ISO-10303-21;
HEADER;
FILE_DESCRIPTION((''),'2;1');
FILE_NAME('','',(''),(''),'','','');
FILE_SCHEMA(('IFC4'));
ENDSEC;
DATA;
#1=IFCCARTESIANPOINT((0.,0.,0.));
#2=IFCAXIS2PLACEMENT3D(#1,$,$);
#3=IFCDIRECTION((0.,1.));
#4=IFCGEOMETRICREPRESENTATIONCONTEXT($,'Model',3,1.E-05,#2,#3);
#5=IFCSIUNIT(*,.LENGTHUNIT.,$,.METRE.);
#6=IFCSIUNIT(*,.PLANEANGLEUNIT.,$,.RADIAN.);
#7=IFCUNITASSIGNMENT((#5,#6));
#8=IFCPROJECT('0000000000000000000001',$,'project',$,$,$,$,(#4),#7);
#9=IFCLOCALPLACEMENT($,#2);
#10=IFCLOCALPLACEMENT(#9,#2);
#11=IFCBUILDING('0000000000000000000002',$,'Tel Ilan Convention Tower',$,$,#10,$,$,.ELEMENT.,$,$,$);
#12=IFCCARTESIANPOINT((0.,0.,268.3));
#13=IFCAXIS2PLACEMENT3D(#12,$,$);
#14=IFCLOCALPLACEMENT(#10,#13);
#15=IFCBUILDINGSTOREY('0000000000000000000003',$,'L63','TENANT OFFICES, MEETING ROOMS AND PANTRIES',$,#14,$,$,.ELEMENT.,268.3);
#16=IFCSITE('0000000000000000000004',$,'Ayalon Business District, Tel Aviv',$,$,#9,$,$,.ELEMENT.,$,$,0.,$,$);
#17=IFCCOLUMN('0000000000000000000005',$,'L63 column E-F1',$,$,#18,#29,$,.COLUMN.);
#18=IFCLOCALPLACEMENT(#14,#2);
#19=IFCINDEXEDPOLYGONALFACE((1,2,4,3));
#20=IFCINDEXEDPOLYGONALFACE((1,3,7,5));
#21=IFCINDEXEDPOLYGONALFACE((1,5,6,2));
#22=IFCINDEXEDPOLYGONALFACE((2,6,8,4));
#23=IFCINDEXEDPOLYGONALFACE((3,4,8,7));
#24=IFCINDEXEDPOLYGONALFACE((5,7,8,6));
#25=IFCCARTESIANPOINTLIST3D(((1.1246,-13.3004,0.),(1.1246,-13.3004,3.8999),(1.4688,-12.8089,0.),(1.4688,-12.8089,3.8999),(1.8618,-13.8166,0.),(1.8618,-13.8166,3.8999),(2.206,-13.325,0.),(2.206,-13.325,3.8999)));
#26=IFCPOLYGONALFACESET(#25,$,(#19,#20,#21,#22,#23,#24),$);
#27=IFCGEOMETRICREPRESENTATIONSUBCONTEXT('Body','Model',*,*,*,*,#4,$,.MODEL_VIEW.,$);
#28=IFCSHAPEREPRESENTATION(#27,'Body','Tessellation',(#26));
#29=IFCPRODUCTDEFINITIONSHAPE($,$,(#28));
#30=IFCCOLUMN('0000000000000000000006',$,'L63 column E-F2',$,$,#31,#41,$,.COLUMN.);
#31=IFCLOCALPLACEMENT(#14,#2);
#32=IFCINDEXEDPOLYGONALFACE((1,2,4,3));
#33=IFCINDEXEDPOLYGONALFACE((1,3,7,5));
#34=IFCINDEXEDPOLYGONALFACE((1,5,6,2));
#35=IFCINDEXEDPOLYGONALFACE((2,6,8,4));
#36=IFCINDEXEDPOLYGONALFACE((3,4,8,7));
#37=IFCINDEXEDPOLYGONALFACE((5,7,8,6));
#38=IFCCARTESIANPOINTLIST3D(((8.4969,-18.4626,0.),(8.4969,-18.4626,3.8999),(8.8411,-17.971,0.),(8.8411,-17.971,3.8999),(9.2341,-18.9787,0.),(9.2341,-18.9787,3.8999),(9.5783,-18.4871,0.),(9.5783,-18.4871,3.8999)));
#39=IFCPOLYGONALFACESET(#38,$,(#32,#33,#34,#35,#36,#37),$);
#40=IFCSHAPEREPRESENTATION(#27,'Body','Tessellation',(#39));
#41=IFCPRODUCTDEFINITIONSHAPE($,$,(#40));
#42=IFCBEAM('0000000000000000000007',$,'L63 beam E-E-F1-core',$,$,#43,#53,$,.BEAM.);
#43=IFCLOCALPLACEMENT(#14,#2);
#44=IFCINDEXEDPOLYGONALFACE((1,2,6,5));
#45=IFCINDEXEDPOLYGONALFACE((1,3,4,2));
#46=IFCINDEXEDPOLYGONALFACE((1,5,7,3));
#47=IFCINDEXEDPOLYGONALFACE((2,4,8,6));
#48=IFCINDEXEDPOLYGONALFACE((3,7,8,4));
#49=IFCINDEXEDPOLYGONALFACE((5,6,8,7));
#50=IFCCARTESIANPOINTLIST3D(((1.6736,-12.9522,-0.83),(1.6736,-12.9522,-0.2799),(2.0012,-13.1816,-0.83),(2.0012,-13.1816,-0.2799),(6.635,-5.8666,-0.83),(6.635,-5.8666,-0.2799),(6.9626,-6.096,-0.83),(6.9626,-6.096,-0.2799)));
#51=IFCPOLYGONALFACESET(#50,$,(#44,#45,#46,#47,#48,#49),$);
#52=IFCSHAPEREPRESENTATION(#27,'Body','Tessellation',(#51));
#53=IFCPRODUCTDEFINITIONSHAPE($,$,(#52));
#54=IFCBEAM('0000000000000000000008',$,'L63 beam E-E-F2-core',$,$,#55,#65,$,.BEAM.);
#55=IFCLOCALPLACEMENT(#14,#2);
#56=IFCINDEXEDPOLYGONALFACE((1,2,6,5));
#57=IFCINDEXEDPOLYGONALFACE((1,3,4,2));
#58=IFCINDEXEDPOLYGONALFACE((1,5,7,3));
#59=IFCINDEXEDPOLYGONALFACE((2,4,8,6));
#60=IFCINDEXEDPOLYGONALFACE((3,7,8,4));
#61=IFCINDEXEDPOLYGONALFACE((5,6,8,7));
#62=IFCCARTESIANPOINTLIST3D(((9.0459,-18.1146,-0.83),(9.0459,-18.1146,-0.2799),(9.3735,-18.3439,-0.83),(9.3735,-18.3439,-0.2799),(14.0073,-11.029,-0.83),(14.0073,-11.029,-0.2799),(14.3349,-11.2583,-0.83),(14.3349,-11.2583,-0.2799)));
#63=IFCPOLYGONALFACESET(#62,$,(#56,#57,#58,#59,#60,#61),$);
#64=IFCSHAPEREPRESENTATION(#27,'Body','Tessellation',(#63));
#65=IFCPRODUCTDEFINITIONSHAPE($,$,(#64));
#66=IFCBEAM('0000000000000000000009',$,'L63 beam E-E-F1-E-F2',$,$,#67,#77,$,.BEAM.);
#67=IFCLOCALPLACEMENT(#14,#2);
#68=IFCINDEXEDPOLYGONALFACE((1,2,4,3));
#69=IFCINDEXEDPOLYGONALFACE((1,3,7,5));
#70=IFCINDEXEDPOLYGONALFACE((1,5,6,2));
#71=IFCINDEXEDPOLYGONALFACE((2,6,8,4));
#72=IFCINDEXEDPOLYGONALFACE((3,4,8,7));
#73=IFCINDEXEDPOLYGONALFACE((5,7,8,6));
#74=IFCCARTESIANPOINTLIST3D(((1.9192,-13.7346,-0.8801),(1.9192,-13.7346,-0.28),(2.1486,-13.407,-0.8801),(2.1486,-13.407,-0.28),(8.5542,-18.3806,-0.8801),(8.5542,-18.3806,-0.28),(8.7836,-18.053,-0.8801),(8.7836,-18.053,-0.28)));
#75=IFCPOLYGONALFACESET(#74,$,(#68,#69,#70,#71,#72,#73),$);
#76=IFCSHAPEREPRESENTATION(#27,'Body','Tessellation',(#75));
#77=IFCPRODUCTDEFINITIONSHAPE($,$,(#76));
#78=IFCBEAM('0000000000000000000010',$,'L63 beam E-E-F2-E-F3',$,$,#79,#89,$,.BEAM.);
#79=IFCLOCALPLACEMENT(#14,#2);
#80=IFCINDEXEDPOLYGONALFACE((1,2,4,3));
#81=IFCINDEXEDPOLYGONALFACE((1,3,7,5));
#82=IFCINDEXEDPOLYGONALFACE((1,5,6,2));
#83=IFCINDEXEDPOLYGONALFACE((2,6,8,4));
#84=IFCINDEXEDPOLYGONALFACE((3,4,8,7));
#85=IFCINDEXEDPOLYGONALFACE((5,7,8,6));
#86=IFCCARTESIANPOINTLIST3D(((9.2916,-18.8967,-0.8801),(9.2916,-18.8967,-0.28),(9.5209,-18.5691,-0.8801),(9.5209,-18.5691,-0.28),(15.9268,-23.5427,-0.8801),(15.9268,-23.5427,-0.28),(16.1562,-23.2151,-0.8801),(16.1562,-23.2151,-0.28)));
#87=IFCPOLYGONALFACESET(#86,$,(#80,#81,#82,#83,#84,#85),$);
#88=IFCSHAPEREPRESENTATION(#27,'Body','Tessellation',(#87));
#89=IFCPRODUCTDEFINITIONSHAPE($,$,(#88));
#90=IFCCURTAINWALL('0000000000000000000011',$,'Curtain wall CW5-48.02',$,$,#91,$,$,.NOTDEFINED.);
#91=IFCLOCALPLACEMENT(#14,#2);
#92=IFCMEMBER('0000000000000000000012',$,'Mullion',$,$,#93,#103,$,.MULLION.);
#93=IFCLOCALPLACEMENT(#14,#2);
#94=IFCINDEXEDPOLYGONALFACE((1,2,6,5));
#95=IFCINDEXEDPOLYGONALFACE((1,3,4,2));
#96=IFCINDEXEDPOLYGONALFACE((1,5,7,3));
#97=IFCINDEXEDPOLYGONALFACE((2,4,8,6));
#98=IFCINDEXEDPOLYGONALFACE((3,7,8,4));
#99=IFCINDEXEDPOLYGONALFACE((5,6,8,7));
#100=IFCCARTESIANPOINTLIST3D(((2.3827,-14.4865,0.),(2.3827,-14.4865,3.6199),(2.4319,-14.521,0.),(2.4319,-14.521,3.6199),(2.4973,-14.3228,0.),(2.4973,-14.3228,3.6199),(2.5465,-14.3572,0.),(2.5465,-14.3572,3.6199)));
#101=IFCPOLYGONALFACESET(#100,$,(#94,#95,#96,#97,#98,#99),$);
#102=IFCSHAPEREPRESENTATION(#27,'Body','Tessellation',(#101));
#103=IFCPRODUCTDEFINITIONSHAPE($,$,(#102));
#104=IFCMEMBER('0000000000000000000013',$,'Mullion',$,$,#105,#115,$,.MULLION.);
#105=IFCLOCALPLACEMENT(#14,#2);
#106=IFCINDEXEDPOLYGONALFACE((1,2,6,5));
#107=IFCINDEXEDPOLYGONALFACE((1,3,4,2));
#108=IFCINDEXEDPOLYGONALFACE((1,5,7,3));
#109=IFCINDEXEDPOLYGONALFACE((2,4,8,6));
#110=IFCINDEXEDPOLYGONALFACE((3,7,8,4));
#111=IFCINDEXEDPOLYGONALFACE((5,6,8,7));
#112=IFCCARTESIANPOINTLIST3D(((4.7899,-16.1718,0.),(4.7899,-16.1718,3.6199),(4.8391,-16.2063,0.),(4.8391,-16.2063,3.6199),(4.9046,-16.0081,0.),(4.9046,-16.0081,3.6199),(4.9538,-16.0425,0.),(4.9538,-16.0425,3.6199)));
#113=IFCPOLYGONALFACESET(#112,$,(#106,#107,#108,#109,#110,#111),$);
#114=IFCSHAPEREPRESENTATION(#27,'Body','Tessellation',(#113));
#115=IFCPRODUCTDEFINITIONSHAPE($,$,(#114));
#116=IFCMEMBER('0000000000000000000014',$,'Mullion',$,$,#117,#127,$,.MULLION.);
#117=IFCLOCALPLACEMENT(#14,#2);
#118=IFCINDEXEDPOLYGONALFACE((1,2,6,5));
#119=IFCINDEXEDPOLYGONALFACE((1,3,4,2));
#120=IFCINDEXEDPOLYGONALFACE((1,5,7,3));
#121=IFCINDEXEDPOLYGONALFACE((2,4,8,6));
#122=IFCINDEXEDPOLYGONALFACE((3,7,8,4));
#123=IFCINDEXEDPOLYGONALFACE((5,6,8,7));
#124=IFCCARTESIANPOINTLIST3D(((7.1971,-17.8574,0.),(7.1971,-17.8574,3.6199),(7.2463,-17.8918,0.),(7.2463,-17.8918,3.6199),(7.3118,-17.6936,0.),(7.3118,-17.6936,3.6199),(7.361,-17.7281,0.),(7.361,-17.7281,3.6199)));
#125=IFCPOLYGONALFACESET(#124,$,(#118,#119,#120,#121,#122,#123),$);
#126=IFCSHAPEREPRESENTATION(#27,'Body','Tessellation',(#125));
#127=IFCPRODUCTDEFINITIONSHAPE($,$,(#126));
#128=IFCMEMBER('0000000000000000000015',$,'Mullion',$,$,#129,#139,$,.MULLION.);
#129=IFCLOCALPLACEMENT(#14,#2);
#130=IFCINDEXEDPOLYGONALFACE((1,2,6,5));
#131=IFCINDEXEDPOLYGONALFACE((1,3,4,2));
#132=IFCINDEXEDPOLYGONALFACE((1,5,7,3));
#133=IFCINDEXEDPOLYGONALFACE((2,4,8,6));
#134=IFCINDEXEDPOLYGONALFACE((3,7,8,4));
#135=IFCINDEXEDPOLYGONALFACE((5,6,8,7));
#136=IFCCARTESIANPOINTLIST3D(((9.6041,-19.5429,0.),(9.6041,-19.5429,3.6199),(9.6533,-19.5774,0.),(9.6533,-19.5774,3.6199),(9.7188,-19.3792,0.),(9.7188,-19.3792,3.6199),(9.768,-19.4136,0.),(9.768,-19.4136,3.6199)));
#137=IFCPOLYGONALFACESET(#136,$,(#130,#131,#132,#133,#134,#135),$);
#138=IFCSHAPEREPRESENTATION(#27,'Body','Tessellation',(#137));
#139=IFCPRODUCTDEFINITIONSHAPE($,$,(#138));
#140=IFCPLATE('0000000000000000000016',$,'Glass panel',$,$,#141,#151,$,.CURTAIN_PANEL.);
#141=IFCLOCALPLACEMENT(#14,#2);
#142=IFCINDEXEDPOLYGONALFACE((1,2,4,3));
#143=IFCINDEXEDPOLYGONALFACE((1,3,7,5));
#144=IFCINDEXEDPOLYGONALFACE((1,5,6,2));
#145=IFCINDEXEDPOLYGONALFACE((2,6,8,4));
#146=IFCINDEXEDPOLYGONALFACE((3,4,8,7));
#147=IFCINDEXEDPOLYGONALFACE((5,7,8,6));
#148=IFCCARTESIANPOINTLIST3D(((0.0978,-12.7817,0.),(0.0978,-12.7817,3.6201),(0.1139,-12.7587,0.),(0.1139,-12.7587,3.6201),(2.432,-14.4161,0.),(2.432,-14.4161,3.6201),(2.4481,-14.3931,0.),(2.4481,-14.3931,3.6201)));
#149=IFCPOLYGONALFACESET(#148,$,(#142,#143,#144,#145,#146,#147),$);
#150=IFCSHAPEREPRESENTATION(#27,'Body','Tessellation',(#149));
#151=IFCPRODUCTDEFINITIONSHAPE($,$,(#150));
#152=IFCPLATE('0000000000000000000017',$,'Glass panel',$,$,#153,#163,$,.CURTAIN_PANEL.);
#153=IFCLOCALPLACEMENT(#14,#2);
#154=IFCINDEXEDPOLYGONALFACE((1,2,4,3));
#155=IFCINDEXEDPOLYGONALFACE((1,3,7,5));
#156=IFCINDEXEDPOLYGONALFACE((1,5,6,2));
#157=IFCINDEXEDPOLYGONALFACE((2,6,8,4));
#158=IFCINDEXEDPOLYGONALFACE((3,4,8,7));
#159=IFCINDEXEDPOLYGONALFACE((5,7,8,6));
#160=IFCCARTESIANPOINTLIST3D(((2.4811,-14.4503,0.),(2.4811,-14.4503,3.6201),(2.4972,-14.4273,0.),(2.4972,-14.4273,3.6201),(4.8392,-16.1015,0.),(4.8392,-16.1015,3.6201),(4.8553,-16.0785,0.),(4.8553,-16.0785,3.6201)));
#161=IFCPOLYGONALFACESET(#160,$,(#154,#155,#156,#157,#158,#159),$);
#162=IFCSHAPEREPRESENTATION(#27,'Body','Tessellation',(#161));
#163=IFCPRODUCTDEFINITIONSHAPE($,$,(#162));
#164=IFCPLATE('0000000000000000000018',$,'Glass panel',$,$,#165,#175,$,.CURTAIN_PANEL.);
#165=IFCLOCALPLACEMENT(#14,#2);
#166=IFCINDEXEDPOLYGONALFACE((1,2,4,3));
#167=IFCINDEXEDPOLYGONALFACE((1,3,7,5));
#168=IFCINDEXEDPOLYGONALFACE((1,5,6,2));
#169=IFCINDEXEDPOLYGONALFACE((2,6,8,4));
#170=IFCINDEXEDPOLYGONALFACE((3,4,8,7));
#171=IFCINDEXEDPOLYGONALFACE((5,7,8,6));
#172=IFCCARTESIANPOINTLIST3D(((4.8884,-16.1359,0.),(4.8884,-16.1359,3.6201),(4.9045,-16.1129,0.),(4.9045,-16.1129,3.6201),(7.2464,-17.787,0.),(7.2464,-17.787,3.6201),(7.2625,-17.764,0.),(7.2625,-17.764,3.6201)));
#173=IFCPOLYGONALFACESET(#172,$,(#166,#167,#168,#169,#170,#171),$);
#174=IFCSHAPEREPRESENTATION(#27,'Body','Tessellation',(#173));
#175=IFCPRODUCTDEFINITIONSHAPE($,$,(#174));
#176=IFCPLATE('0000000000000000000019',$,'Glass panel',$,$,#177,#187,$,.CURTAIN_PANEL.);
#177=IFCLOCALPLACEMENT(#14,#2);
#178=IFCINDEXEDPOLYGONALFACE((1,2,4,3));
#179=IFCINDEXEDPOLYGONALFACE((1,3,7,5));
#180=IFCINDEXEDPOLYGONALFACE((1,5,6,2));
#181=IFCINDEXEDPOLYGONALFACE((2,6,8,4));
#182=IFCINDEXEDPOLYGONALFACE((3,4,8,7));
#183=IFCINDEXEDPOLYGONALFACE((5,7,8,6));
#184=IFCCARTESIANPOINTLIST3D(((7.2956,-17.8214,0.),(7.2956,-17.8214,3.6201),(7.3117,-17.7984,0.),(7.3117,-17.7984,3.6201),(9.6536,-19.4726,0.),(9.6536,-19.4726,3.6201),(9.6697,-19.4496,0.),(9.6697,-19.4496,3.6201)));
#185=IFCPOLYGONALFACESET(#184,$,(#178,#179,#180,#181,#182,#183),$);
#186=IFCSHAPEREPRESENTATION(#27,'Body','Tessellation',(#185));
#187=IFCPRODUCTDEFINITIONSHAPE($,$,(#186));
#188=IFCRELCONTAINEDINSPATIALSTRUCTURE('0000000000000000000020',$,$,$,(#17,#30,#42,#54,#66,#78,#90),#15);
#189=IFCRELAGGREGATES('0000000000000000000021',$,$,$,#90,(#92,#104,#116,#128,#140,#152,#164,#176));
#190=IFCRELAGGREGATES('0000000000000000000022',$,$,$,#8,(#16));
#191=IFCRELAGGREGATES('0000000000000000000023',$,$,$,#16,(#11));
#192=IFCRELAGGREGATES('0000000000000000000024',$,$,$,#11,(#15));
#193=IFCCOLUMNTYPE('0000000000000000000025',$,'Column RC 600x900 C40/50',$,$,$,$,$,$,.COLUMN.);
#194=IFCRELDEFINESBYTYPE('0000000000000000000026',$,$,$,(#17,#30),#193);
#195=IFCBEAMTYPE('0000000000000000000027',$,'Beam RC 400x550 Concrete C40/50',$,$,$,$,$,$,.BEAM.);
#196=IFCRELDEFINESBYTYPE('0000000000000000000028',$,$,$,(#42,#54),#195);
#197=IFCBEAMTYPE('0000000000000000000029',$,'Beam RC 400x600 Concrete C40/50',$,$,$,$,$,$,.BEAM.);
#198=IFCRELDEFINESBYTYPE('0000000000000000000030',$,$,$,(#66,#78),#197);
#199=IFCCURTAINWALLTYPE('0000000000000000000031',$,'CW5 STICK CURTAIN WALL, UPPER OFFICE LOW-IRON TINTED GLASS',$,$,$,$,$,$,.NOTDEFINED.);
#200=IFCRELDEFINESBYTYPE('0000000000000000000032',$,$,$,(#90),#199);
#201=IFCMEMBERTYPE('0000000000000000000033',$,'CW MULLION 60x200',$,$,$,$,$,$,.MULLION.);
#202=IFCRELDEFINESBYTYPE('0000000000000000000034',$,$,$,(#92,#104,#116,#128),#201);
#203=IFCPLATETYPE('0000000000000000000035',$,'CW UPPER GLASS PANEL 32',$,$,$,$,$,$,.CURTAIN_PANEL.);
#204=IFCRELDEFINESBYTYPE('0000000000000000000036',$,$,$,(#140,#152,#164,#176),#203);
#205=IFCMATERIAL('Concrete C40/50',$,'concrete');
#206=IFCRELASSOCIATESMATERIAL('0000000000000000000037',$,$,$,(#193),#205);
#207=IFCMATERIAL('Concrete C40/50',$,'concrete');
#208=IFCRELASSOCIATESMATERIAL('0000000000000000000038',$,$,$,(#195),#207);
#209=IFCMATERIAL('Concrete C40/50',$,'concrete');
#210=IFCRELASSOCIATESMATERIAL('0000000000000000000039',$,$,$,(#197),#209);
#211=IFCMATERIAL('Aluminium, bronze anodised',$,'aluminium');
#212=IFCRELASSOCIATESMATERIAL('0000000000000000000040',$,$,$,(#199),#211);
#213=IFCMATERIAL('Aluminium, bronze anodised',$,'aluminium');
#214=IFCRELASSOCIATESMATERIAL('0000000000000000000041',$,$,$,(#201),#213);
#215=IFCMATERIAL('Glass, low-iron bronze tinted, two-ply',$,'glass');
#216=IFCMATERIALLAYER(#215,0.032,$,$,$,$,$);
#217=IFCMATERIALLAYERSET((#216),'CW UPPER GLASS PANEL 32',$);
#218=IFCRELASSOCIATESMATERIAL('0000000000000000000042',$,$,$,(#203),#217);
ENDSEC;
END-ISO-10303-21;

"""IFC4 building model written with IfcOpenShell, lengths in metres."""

from ifc_helpers import new_model, si_unit, direction, frame, origin, origin_2d, place, context, subcontext, project, spatial, rectangle, extrude, material, layer, layer_set, material_profile, profile_set, type_object, element, aggregate, save


model = new_model("IFC4")

# Units and contexts
model_context = context("Model", 3, precision=1e-05, world=origin(), true_north=direction((0.0, 1.0)))
body_context = subcontext(model_context, "Body", "Model", "MODEL_VIEW")
ifc_project = project(units=[si_unit("LENGTHUNIT", "METRE"), si_unit("PLANEANGLEUNIT", "RADIAN")], contexts=[model_context])

# Site, building, storey
site_placement = place(None, origin())
site = spatial("IfcSite", under=ifc_project, at=site_placement, Name="Ayalon Business District, Tel Aviv", CompositionType="ELEMENT", RefElevation=0.0)
building_placement = place(site_placement, origin())
building = spatial("IfcBuilding", under=site, at=building_placement, Name="Tel Ilan Convention Tower", CompositionType="ELEMENT")
storey_placement = place(building_placement, frame((0.0, 0.0, 268.3)))
storey = spatial("IfcBuildingStorey", under=building, at=storey_placement, Name="L63", Description="TENANT OFFICES, MEETING ROOMS AND PANTRIES", CompositionType="ELEMENT", Elevation=268.3)

# Columns
ifc_material_1 = material(Name="Concrete C40/50", Category="concrete")
ifc_material_profile_1 = material_profile(ifc_material_1, rectangle(XDim=0.8999, YDim=0.6001, at=origin_2d()), Name="RC 600x900")
ifc_profile_set_1 = profile_set([ifc_material_profile_1], Name="Concrete C40/50")
column_type = type_object("IfcColumnType", Name="Column RC 600x900 C40/50", PredefinedType="COLUMN", material=ifc_profile_set_1)
for number, where, z_axis, x_axis, name in (
    (1, (1.6653, -13.3127, 0.0), (0.0, 0.0, 1.0), (0.819152, -0.573576, 0.0), "L63 column E-F1"),
    (2, (9.0376, -18.4749, 0.0), (0.0, 0.0, 1.0), (0.819152, -0.573576, 0.0), "L63 column E-F2"),
):
    element("IfcColumn", number, at=place(storey_placement, frame(where, z_axis=z_axis, x_axis=x_axis)), inside=storey, type_object=column_type, Name=name, PredefinedType="COLUMN", context=body_context, shape_type="SweptSolid", body=[
        extrude(rectangle(XDim=0.8999, YDim=0.6001, at=origin_2d()), origin(), (0.0, 0.0, 1.0), 3.8999),
    ])

# Beams
ifc_material_2 = material(Name="Concrete C40/50", Category="concrete")
ifc_material_profile_2 = material_profile(ifc_material_2, rectangle(XDim=0.3999, YDim=0.55, at=origin_2d()), Name="RC 400x550")
ifc_profile_set_2 = profile_set([ifc_material_profile_2], Name="Concrete C40/50")
beam_type_1 = type_object("IfcBeamType", Name="Beam RC 400x550 Concrete C40/50", PredefinedType="BEAM", material=ifc_profile_set_2)
for number, where, z_axis, x_axis, name in (
    (3, (1.8374, -13.0669, -0.5549), (0.573574, 0.819154, 0.0), (-0.819154, 0.573574, 0.0), "L63 beam E-E-F1-core"),
    (4, (9.2097, -18.2292, -0.5549), (0.573574, 0.819154, 0.0), (-0.819154, 0.573574, 0.0), "L63 beam E-E-F2-core"),
):
    element("IfcBeam", number, at=place(storey_placement, frame(where, z_axis=z_axis, x_axis=x_axis)), inside=storey, type_object=beam_type_1, Name=name, PredefinedType="BEAM", context=body_context, shape_type="SweptSolid", body=[
        extrude(rectangle(XDim=0.3999, YDim=0.55, at=origin_2d()), origin(), (0.0, 0.0, 1.0), 8.6499),
    ])
ifc_material_3 = material(Name="Concrete C40/50", Category="concrete")
ifc_material_profile_3 = material_profile(ifc_material_3, rectangle(XDim=0.3999, YDim=0.6001, at=origin_2d()), Name="RC 400x600")
ifc_profile_set_3 = profile_set([ifc_material_profile_3], Name="Concrete C40/50")
beam_type_2 = type_object("IfcBeamType", Name="Beam RC 400x600 Concrete C40/50", PredefinedType="BEAM", material=ifc_profile_set_3)
beam_1_placement = place(storey_placement, frame((2.0339, -13.5708, -0.5801), z_axis=(0.819146, -0.573586, 0.0), x_axis=(0.573586, 0.819146, 0.0)))
element("IfcBeam", 5, at=beam_1_placement, inside=storey, type_object=beam_type_2, Name="L63 beam E-E-F1-E-F2", PredefinedType="BEAM", context=body_context, shape_type="SweptSolid", body=[
    extrude(rectangle(XDim=0.3999, YDim=0.6001, at=origin_2d()), origin(), (0.0, 0.0, 1.0), 8.0999),
])
beam_2_placement = place(storey_placement, frame((9.4062, -18.7329, -0.5801), z_axis=(0.819155, -0.573572, 0.0), x_axis=(0.573572, 0.819155, 0.0)))
element("IfcBeam", 6, at=beam_2_placement, inside=storey, type_object=beam_type_2, Name="L63 beam E-E-F2-E-F3", PredefinedType="BEAM", context=body_context, shape_type="SweptSolid", body=[
    extrude(rectangle(XDim=0.3999, YDim=0.6001, at=origin_2d()), origin(), (0.0, 0.0, 1.0), 8.1001),
])

# Curtain wall, members, plates
ifc_material_4 = material(Name="Aluminium, bronze anodised", Category="aluminium")
curtain_wall_type = type_object("IfcCurtainWallType", Name="CW5 STICK CURTAIN WALL, UPPER OFFICE LOW-IRON TINTED GLASS", PredefinedType="NOTDEFINED", material=ifc_material_4)
curtain_wall_placement = place(storey_placement, origin())
curtain_wall = element("IfcCurtainWall", 7, at=curtain_wall_placement, inside=storey, type_object=curtain_wall_type, Name="Curtain wall CW5-48.02", PredefinedType="NOTDEFINED")
ifc_material_5 = material(Name="Aluminium, bronze anodised", Category="aluminium")
ifc_material_profile_4 = material_profile(ifc_material_5, rectangle(XDim=0.0601, YDim=0.2, at=origin_2d()), Name="CW MULLION 60x200")
ifc_profile_set_4 = profile_set([ifc_material_profile_4], Name="Aluminium, bronze anodised")
member_type = type_object("IfcMemberType", Name="CW MULLION 60x200", PredefinedType="MULLION", material=ifc_profile_set_4)
member_1_placement = place(storey_placement, frame((2.4646, -14.4219, 0.0), z_axis=(0.0, 0.0, 1.0), x_axis=(0.819152, -0.573576, 0.0)))
member_1 = element("IfcMember", 8, at=member_1_placement, type_object=member_type, Name="Mullion", PredefinedType="MULLION", context=body_context, shape_type="SweptSolid", body=[
    extrude(rectangle(XDim=0.0601, YDim=0.2, at=origin_2d()), origin(), (0.0, 0.0, 1.0), 3.6199),
])
member_2_placement = place(storey_placement, frame((4.8718, -16.1072, 0.0), z_axis=(0.0, 0.0, 1.0), x_axis=(0.819152, -0.573576, 0.0)))
member_2 = element("IfcMember", 9, at=member_2_placement, type_object=member_type, Name="Mullion", PredefinedType="MULLION", context=body_context, shape_type="SweptSolid", body=[
    extrude(rectangle(XDim=0.0601, YDim=0.2, at=origin_2d()), origin(), (0.0, 0.0, 1.0), 3.6199),
])
member_3_placement = place(storey_placement, frame((7.2791, -17.7927, 0.0), z_axis=(0.0, 0.0, 1.0), x_axis=(0.819152, -0.573576, 0.0)))
member_3 = element("IfcMember", 10, at=member_3_placement, type_object=member_type, Name="Mullion", PredefinedType="MULLION", context=body_context, shape_type="SweptSolid", body=[
    extrude(rectangle(XDim=0.0601, YDim=0.2, at=origin_2d()), origin(), (0.0, 0.0, 1.0), 3.6199),
])
member_4_placement = place(storey_placement, frame((9.686, -19.4783, 0.0), z_axis=(0.0, 0.0, 1.0), x_axis=(0.819152, -0.573576, 0.0)))
member_4 = element("IfcMember", 11, at=member_4_placement, type_object=member_type, Name="Mullion", PredefinedType="MULLION", context=body_context, shape_type="SweptSolid", body=[
    extrude(rectangle(XDim=0.0601, YDim=0.2, at=origin_2d()), origin(), (0.0, 0.0, 1.0), 3.6199),
])
ifc_material_6 = material(Name="Glass, low-iron bronze tinted, two-ply", Category="glass")
ifc_layer_1 = layer(ifc_material_6, 0.032)
ifc_layer_set_1 = layer_set([ifc_layer_1], Name="CW UPPER GLASS PANEL 32")
plate_type = type_object("IfcPlateType", Name="CW UPPER GLASS PANEL 32", PredefinedType="CURTAIN_PANEL", material=ifc_layer_set_1)
plate_1_placement = place(storey_placement, frame((1.2729, -13.5874, 0.0), z_axis=(0.0, 0.0, 1.0), x_axis=(0.819152, -0.573576, 0.0)))
plate_1 = element("IfcPlate", 12, at=plate_1_placement, type_object=plate_type, Name="Glass panel", PredefinedType="CURTAIN_PANEL", context=body_context, shape_type="SweptSolid", body=[
    extrude(rectangle(XDim=2.8496, YDim=0.0281, at=origin_2d()), origin(), (0.0, 0.0, 1.0), 3.6201),
])
plate_2_placement = place(storey_placement, frame((3.6682, -15.2644, 0.0), z_axis=(0.0, 0.0, 1.0), x_axis=(0.819152, -0.573576, 0.0)))
plate_2 = element("IfcPlate", 13, at=plate_2_placement, type_object=plate_type, Name="Glass panel", PredefinedType="CURTAIN_PANEL", context=body_context, shape_type="SweptSolid", body=[
    extrude(rectangle(XDim=2.8787, YDim=0.0281, at=origin_2d()), origin(), (0.0, 0.0, 1.0), 3.6201),
])
plate_3_placement = place(storey_placement, frame((6.0754, -16.95, 0.0), z_axis=(0.0, 0.0, 1.0), x_axis=(0.819152, -0.573576, 0.0)))
plate_3 = element("IfcPlate", 14, at=plate_3_placement, type_object=plate_type, Name="Glass panel", PredefinedType="CURTAIN_PANEL", context=body_context, shape_type="SweptSolid", body=[
    extrude(rectangle(XDim=2.8787, YDim=0.0281, at=origin_2d()), origin(), (0.0, 0.0, 1.0), 3.6201),
])
plate_4_placement = place(storey_placement, frame((8.4827, -18.6355, 0.0), z_axis=(0.0, 0.0, 1.0), x_axis=(0.819152, -0.573576, 0.0)))
plate_4 = element("IfcPlate", 15, at=plate_4_placement, type_object=plate_type, Name="Glass panel", PredefinedType="CURTAIN_PANEL", context=body_context, shape_type="SweptSolid", body=[
    extrude(rectangle(XDim=2.8787, YDim=0.0281, at=origin_2d()), origin(), (0.0, 0.0, 1.0), 3.6201),
])
aggregate(curtain_wall, [member_1, member_2, member_3, member_4, plate_1, plate_2, plate_3, plate_4])

save(model, "model.ifc")
